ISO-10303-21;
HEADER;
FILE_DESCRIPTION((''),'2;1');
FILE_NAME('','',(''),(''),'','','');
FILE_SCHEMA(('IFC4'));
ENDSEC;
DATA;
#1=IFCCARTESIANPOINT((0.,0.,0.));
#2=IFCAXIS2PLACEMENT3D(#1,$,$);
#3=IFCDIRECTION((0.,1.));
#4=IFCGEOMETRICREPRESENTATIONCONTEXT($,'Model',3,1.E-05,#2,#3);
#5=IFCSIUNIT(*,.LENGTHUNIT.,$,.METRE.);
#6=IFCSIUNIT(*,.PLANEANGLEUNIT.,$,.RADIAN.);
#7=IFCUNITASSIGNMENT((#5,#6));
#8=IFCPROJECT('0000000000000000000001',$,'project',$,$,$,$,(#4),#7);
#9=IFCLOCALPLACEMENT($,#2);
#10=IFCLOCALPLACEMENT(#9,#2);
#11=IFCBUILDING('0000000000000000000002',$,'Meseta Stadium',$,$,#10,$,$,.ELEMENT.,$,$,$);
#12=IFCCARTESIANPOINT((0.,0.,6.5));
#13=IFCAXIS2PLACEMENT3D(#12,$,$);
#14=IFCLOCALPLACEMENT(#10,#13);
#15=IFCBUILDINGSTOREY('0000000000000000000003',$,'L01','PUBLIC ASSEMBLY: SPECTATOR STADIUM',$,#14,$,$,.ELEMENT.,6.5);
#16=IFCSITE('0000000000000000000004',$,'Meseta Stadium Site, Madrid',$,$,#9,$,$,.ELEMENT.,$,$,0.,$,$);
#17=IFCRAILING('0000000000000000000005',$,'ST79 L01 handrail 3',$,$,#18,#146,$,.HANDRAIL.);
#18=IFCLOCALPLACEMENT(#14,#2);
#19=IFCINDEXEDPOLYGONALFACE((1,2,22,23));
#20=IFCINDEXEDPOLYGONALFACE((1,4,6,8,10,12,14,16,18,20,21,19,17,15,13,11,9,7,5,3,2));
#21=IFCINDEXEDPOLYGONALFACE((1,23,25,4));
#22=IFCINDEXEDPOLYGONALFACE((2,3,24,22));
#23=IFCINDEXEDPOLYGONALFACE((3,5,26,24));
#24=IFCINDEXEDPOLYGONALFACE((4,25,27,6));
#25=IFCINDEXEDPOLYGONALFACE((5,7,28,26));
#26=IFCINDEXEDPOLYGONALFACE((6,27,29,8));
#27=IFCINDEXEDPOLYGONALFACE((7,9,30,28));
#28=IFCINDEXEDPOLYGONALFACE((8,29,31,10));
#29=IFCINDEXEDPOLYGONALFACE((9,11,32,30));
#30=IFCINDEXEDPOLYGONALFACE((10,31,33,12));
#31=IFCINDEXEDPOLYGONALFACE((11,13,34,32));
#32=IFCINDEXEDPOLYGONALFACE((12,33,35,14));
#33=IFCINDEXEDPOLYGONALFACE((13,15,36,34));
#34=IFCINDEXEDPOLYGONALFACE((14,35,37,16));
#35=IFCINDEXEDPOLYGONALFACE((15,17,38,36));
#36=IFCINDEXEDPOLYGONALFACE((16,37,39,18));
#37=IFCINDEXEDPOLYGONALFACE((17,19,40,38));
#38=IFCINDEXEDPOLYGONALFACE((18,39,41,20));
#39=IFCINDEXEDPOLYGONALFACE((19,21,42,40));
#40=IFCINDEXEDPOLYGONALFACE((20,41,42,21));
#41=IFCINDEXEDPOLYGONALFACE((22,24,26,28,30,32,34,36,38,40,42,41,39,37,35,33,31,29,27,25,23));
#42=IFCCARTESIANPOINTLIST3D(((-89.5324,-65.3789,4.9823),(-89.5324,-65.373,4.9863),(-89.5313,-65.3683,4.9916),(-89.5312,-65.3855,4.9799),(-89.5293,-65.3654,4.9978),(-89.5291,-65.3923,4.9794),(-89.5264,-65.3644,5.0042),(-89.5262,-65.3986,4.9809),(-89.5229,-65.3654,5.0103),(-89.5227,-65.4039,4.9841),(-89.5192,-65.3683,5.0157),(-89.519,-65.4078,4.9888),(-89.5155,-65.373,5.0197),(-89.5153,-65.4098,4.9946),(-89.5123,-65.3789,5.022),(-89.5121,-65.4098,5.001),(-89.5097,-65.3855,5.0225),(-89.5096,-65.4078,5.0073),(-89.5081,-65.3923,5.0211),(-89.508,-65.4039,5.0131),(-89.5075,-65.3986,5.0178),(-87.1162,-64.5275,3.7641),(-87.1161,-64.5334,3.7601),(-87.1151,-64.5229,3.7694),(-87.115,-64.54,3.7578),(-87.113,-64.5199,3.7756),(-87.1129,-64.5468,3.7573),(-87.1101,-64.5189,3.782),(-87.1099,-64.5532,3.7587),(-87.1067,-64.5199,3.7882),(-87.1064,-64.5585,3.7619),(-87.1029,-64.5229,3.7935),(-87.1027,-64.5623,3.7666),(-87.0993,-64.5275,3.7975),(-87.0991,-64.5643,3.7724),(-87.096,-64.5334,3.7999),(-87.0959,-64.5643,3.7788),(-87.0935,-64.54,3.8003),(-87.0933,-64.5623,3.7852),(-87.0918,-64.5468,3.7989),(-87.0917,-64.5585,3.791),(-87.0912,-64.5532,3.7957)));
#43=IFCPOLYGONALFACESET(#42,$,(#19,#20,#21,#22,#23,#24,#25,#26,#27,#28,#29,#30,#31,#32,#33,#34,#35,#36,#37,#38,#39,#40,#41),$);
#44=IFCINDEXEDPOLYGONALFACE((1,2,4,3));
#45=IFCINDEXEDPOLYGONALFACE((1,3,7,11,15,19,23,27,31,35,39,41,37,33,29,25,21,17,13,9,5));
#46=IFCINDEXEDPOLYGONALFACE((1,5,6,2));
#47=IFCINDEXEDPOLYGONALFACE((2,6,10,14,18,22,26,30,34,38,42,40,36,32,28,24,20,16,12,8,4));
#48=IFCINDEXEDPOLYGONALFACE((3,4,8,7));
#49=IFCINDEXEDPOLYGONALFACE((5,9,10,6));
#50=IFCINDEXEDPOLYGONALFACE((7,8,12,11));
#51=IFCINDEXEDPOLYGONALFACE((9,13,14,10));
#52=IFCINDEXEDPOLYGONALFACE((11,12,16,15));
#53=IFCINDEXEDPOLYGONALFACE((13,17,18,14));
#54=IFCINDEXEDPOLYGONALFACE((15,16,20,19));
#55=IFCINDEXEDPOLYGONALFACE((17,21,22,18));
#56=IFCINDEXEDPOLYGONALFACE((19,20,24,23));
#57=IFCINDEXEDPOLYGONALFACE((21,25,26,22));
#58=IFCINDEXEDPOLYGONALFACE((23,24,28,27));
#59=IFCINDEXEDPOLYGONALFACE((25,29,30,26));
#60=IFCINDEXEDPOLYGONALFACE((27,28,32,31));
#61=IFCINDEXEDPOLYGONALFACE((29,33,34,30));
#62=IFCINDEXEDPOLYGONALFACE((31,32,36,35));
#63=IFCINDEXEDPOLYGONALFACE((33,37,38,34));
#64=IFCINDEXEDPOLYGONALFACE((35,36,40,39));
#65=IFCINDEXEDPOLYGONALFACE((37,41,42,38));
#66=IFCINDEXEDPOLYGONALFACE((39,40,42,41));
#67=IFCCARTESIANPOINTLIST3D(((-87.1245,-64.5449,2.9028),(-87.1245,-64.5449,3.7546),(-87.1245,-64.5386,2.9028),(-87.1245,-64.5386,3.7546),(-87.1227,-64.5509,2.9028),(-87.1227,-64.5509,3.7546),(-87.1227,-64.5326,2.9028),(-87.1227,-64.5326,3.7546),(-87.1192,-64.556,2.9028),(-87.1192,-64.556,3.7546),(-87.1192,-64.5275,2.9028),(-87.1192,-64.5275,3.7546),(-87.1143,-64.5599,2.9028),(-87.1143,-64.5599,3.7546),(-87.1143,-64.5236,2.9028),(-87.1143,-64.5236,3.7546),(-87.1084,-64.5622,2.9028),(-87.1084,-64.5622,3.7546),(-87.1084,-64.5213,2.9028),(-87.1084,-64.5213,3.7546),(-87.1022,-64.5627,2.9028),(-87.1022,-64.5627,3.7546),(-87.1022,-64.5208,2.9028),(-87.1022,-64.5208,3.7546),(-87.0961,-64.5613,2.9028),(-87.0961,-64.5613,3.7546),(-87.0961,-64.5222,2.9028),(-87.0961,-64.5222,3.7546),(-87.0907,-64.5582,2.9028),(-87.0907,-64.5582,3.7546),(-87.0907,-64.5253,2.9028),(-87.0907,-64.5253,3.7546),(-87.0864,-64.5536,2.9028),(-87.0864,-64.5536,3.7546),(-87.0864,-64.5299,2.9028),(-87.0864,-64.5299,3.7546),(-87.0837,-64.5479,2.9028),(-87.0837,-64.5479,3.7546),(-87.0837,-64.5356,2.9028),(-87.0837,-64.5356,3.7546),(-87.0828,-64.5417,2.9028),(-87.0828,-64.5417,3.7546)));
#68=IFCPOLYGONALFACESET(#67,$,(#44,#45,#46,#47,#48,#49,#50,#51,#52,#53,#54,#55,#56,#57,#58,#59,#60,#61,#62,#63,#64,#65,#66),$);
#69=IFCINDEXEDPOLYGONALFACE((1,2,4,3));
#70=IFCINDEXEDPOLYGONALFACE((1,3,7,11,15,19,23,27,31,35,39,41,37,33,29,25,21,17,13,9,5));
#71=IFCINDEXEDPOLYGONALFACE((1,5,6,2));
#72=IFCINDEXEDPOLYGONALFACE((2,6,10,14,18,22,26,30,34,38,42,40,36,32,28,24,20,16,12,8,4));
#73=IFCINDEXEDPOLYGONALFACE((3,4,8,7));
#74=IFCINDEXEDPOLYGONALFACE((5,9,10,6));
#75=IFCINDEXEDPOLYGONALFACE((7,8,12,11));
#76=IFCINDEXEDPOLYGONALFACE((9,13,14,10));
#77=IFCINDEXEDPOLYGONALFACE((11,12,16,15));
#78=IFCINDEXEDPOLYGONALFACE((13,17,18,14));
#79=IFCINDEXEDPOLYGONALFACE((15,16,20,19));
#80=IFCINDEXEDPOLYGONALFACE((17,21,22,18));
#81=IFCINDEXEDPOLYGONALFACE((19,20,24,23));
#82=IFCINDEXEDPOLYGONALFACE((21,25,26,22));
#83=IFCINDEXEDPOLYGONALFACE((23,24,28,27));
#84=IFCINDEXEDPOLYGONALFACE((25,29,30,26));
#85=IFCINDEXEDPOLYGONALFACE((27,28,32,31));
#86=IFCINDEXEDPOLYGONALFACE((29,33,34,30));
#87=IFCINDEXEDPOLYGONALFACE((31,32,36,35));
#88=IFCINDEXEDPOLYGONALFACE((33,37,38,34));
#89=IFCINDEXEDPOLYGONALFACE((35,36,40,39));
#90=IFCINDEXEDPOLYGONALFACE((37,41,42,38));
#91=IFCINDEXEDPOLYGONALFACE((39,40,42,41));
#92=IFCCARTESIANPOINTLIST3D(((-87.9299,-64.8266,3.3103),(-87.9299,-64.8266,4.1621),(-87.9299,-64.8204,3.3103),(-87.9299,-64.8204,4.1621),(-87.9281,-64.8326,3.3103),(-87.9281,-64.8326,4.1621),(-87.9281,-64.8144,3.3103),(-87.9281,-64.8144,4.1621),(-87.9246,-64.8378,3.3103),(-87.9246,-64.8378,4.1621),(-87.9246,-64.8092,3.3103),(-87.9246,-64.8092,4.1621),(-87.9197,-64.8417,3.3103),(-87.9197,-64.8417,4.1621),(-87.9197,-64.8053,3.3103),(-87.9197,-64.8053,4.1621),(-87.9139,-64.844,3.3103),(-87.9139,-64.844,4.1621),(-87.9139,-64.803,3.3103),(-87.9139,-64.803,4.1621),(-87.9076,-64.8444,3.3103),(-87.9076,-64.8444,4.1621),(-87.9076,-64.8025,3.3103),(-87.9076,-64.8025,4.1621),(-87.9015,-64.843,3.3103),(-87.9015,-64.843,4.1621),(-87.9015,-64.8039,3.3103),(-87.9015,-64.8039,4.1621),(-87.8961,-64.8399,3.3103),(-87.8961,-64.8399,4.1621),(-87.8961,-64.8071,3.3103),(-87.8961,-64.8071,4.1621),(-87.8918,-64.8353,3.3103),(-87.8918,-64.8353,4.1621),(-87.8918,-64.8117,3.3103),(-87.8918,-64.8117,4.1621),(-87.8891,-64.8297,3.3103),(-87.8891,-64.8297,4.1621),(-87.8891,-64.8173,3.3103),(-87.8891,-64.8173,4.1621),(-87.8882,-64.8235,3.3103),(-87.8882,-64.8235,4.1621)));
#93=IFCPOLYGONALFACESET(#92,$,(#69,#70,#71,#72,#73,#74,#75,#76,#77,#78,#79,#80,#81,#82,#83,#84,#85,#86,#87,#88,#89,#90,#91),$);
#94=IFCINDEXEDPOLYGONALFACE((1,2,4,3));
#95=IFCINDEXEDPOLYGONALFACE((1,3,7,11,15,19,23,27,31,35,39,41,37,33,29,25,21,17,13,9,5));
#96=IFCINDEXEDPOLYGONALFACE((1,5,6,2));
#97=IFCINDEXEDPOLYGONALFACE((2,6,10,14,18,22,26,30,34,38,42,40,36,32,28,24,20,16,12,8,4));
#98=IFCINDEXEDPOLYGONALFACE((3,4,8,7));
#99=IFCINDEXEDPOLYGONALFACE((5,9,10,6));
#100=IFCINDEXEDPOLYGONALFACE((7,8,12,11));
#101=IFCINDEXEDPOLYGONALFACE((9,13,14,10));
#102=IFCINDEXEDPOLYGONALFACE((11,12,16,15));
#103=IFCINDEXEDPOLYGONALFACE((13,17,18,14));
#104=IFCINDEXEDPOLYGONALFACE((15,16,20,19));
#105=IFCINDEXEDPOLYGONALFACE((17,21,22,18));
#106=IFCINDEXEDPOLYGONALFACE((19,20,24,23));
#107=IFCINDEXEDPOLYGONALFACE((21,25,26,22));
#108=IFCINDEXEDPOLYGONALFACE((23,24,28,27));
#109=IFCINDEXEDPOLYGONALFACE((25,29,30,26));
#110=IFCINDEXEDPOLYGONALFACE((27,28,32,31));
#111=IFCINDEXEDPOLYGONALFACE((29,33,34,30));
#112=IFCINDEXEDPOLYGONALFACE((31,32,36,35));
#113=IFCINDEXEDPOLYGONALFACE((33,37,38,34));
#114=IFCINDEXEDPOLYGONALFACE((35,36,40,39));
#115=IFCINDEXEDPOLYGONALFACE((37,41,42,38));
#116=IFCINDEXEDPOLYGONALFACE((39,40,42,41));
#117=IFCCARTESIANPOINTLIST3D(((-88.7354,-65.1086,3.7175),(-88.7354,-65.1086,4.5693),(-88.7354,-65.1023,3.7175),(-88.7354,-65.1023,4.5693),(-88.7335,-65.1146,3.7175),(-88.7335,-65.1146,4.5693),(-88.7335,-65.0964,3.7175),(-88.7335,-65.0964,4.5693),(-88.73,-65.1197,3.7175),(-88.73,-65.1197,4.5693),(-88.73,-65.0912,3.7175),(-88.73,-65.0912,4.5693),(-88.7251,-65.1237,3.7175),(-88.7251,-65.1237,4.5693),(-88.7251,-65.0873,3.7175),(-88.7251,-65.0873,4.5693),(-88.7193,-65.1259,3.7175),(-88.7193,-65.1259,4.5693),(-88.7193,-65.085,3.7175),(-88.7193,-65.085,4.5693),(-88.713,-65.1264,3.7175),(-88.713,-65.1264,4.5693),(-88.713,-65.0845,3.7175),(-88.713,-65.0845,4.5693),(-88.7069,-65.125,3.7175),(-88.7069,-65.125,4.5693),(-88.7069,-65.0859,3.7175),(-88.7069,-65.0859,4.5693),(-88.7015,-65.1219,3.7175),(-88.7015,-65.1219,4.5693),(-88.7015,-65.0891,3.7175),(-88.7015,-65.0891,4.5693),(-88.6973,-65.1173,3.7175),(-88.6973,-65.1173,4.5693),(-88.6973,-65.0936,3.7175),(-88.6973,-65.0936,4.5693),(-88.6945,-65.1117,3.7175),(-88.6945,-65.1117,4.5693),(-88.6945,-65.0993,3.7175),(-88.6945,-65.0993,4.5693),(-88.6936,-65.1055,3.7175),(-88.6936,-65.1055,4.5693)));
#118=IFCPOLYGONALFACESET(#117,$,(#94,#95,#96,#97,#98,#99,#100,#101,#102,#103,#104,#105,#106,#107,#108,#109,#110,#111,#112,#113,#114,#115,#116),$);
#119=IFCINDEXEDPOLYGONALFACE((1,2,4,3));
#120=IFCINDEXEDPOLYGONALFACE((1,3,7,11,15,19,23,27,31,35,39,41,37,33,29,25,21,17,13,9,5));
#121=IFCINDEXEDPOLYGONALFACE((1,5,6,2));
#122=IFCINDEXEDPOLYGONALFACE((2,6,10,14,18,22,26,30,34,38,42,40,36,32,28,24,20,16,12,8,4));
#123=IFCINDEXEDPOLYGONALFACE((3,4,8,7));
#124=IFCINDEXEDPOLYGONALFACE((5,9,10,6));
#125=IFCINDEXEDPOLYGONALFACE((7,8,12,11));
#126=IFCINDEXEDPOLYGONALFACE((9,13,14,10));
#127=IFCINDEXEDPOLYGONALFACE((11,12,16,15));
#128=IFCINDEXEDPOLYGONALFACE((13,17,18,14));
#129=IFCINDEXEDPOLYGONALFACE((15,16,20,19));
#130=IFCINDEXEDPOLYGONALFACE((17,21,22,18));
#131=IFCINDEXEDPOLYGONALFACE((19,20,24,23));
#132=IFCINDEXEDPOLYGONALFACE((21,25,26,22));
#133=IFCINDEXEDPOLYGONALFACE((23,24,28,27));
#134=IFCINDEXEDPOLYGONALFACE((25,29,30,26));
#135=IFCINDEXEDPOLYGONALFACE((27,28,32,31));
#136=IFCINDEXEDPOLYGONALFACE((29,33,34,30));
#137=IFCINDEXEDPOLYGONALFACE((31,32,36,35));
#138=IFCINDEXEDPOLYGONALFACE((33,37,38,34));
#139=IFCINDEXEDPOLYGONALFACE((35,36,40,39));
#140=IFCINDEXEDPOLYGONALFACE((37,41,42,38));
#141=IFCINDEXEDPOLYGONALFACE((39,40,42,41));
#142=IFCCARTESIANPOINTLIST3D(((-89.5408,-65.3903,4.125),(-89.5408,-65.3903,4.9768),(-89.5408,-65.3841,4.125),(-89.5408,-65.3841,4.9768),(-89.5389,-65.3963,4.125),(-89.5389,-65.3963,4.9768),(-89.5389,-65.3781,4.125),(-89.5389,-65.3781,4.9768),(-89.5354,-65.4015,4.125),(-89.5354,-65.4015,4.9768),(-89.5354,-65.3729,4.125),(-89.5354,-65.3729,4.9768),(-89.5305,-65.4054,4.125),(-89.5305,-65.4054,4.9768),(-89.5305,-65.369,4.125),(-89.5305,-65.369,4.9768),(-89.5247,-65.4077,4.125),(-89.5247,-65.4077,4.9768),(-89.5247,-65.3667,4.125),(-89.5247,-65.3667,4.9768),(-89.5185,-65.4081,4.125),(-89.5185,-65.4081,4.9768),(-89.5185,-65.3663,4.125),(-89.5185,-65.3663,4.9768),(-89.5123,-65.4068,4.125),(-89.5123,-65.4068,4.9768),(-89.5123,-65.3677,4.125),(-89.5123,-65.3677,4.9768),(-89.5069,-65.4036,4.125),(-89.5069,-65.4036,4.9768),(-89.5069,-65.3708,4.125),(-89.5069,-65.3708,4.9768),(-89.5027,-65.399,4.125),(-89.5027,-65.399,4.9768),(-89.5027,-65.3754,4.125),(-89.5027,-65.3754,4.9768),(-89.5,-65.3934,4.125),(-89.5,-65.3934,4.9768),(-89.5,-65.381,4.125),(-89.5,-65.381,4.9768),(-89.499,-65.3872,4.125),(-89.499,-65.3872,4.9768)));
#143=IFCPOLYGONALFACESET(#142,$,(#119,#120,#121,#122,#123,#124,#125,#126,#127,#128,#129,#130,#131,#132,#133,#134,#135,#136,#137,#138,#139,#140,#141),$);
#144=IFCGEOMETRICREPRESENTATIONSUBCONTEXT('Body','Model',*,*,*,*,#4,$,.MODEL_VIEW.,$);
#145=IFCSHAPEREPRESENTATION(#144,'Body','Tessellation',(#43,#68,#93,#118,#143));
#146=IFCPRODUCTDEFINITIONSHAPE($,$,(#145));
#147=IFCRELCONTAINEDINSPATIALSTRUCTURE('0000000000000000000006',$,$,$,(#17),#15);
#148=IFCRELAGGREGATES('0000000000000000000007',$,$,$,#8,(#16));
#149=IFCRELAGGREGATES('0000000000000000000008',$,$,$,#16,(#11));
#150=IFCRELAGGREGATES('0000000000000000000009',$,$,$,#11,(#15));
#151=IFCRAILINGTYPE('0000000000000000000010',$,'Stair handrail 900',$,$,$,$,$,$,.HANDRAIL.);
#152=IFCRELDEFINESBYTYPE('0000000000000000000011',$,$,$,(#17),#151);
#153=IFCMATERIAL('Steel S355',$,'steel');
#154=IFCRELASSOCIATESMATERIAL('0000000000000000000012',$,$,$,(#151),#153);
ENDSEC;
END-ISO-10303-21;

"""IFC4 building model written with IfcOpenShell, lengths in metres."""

from ifc_helpers import new_model, si_unit, direction, frame, origin, origin_2d, place, context, subcontext, project, spatial, circle, extrude, material, type_object, element, save


model = new_model("IFC4")

# Units and contexts
model_context = context("Model", 3, precision=1e-05, world=origin(), true_north=direction((0.0, 1.0)))
body_context = subcontext(model_context, "Body", "Model", "MODEL_VIEW")
ifc_project = project(units=[si_unit("LENGTHUNIT", "METRE"), si_unit("PLANEANGLEUNIT", "RADIAN")], contexts=[model_context])

# Site, building, storey
site_placement = place(None, origin())
site = spatial("IfcSite", under=ifc_project, at=site_placement, Name="Meseta Stadium Site, Madrid", CompositionType="ELEMENT", RefElevation=0.0)
building_placement = place(site_placement, origin())
building = spatial("IfcBuilding", under=site, at=building_placement, Name="Meseta Stadium", CompositionType="ELEMENT")
storey_placement = place(building_placement, frame((0.0, 0.0, 6.5)))
storey = spatial("IfcBuildingStorey", under=building, at=storey_placement, Name="L01", Description="PUBLIC ASSEMBLY: SPECTATOR STADIUM", CompositionType="ELEMENT", Elevation=6.5)

# Railing
ifc_material_1 = material(Name="Steel S355", Category="steel")
railing_type_1 = type_object("IfcRailingType", Name="Stair handrail 900", PredefinedType="HANDRAIL", material=ifc_material_1)
for number, where, name in (
    (1, (-87.1038, -64.5417, 2.9028), "ST79 L01 handrail 3"),
):
    element("IfcRailing", number, at=place(storey_placement, frame(where)), inside=storey, type_object=railing_type_1, Name=name, PredefinedType="HANDRAIL", context=body_context, shape_type="SweptSolid", body=[
        extrude(circle(Radius=0.0239, at=origin_2d()), frame((0.0, 0.0, 0.876), z_axis=(-0.851789, -0.298044, 0.430843), x_axis=(0.33027, -0.943887, 0.0)), (0.0, 0.0, 1.0), 2.8367),
        extrude(circle(Radius=0.021, at=origin_2d()), origin(), (0.0, 0.0, 1.0), 0.8518),
        extrude(circle(Radius=0.021, at=origin_2d()), frame((-0.8054, -0.2817, 0.4075)), (0.0, 0.0, 1.0), 0.8518),
        extrude(circle(Radius=0.021, at=origin_2d()), frame((-1.6108, -0.5637, 0.8147)), (0.0, 0.0, 1.0), 0.8518),
        extrude(circle(Radius=0.021, at=origin_2d()), frame((-2.4163, -0.8455, 1.2222)), (0.0, 0.0, 1.0), 0.8518),
    ])

save(model, "model.ifc")
